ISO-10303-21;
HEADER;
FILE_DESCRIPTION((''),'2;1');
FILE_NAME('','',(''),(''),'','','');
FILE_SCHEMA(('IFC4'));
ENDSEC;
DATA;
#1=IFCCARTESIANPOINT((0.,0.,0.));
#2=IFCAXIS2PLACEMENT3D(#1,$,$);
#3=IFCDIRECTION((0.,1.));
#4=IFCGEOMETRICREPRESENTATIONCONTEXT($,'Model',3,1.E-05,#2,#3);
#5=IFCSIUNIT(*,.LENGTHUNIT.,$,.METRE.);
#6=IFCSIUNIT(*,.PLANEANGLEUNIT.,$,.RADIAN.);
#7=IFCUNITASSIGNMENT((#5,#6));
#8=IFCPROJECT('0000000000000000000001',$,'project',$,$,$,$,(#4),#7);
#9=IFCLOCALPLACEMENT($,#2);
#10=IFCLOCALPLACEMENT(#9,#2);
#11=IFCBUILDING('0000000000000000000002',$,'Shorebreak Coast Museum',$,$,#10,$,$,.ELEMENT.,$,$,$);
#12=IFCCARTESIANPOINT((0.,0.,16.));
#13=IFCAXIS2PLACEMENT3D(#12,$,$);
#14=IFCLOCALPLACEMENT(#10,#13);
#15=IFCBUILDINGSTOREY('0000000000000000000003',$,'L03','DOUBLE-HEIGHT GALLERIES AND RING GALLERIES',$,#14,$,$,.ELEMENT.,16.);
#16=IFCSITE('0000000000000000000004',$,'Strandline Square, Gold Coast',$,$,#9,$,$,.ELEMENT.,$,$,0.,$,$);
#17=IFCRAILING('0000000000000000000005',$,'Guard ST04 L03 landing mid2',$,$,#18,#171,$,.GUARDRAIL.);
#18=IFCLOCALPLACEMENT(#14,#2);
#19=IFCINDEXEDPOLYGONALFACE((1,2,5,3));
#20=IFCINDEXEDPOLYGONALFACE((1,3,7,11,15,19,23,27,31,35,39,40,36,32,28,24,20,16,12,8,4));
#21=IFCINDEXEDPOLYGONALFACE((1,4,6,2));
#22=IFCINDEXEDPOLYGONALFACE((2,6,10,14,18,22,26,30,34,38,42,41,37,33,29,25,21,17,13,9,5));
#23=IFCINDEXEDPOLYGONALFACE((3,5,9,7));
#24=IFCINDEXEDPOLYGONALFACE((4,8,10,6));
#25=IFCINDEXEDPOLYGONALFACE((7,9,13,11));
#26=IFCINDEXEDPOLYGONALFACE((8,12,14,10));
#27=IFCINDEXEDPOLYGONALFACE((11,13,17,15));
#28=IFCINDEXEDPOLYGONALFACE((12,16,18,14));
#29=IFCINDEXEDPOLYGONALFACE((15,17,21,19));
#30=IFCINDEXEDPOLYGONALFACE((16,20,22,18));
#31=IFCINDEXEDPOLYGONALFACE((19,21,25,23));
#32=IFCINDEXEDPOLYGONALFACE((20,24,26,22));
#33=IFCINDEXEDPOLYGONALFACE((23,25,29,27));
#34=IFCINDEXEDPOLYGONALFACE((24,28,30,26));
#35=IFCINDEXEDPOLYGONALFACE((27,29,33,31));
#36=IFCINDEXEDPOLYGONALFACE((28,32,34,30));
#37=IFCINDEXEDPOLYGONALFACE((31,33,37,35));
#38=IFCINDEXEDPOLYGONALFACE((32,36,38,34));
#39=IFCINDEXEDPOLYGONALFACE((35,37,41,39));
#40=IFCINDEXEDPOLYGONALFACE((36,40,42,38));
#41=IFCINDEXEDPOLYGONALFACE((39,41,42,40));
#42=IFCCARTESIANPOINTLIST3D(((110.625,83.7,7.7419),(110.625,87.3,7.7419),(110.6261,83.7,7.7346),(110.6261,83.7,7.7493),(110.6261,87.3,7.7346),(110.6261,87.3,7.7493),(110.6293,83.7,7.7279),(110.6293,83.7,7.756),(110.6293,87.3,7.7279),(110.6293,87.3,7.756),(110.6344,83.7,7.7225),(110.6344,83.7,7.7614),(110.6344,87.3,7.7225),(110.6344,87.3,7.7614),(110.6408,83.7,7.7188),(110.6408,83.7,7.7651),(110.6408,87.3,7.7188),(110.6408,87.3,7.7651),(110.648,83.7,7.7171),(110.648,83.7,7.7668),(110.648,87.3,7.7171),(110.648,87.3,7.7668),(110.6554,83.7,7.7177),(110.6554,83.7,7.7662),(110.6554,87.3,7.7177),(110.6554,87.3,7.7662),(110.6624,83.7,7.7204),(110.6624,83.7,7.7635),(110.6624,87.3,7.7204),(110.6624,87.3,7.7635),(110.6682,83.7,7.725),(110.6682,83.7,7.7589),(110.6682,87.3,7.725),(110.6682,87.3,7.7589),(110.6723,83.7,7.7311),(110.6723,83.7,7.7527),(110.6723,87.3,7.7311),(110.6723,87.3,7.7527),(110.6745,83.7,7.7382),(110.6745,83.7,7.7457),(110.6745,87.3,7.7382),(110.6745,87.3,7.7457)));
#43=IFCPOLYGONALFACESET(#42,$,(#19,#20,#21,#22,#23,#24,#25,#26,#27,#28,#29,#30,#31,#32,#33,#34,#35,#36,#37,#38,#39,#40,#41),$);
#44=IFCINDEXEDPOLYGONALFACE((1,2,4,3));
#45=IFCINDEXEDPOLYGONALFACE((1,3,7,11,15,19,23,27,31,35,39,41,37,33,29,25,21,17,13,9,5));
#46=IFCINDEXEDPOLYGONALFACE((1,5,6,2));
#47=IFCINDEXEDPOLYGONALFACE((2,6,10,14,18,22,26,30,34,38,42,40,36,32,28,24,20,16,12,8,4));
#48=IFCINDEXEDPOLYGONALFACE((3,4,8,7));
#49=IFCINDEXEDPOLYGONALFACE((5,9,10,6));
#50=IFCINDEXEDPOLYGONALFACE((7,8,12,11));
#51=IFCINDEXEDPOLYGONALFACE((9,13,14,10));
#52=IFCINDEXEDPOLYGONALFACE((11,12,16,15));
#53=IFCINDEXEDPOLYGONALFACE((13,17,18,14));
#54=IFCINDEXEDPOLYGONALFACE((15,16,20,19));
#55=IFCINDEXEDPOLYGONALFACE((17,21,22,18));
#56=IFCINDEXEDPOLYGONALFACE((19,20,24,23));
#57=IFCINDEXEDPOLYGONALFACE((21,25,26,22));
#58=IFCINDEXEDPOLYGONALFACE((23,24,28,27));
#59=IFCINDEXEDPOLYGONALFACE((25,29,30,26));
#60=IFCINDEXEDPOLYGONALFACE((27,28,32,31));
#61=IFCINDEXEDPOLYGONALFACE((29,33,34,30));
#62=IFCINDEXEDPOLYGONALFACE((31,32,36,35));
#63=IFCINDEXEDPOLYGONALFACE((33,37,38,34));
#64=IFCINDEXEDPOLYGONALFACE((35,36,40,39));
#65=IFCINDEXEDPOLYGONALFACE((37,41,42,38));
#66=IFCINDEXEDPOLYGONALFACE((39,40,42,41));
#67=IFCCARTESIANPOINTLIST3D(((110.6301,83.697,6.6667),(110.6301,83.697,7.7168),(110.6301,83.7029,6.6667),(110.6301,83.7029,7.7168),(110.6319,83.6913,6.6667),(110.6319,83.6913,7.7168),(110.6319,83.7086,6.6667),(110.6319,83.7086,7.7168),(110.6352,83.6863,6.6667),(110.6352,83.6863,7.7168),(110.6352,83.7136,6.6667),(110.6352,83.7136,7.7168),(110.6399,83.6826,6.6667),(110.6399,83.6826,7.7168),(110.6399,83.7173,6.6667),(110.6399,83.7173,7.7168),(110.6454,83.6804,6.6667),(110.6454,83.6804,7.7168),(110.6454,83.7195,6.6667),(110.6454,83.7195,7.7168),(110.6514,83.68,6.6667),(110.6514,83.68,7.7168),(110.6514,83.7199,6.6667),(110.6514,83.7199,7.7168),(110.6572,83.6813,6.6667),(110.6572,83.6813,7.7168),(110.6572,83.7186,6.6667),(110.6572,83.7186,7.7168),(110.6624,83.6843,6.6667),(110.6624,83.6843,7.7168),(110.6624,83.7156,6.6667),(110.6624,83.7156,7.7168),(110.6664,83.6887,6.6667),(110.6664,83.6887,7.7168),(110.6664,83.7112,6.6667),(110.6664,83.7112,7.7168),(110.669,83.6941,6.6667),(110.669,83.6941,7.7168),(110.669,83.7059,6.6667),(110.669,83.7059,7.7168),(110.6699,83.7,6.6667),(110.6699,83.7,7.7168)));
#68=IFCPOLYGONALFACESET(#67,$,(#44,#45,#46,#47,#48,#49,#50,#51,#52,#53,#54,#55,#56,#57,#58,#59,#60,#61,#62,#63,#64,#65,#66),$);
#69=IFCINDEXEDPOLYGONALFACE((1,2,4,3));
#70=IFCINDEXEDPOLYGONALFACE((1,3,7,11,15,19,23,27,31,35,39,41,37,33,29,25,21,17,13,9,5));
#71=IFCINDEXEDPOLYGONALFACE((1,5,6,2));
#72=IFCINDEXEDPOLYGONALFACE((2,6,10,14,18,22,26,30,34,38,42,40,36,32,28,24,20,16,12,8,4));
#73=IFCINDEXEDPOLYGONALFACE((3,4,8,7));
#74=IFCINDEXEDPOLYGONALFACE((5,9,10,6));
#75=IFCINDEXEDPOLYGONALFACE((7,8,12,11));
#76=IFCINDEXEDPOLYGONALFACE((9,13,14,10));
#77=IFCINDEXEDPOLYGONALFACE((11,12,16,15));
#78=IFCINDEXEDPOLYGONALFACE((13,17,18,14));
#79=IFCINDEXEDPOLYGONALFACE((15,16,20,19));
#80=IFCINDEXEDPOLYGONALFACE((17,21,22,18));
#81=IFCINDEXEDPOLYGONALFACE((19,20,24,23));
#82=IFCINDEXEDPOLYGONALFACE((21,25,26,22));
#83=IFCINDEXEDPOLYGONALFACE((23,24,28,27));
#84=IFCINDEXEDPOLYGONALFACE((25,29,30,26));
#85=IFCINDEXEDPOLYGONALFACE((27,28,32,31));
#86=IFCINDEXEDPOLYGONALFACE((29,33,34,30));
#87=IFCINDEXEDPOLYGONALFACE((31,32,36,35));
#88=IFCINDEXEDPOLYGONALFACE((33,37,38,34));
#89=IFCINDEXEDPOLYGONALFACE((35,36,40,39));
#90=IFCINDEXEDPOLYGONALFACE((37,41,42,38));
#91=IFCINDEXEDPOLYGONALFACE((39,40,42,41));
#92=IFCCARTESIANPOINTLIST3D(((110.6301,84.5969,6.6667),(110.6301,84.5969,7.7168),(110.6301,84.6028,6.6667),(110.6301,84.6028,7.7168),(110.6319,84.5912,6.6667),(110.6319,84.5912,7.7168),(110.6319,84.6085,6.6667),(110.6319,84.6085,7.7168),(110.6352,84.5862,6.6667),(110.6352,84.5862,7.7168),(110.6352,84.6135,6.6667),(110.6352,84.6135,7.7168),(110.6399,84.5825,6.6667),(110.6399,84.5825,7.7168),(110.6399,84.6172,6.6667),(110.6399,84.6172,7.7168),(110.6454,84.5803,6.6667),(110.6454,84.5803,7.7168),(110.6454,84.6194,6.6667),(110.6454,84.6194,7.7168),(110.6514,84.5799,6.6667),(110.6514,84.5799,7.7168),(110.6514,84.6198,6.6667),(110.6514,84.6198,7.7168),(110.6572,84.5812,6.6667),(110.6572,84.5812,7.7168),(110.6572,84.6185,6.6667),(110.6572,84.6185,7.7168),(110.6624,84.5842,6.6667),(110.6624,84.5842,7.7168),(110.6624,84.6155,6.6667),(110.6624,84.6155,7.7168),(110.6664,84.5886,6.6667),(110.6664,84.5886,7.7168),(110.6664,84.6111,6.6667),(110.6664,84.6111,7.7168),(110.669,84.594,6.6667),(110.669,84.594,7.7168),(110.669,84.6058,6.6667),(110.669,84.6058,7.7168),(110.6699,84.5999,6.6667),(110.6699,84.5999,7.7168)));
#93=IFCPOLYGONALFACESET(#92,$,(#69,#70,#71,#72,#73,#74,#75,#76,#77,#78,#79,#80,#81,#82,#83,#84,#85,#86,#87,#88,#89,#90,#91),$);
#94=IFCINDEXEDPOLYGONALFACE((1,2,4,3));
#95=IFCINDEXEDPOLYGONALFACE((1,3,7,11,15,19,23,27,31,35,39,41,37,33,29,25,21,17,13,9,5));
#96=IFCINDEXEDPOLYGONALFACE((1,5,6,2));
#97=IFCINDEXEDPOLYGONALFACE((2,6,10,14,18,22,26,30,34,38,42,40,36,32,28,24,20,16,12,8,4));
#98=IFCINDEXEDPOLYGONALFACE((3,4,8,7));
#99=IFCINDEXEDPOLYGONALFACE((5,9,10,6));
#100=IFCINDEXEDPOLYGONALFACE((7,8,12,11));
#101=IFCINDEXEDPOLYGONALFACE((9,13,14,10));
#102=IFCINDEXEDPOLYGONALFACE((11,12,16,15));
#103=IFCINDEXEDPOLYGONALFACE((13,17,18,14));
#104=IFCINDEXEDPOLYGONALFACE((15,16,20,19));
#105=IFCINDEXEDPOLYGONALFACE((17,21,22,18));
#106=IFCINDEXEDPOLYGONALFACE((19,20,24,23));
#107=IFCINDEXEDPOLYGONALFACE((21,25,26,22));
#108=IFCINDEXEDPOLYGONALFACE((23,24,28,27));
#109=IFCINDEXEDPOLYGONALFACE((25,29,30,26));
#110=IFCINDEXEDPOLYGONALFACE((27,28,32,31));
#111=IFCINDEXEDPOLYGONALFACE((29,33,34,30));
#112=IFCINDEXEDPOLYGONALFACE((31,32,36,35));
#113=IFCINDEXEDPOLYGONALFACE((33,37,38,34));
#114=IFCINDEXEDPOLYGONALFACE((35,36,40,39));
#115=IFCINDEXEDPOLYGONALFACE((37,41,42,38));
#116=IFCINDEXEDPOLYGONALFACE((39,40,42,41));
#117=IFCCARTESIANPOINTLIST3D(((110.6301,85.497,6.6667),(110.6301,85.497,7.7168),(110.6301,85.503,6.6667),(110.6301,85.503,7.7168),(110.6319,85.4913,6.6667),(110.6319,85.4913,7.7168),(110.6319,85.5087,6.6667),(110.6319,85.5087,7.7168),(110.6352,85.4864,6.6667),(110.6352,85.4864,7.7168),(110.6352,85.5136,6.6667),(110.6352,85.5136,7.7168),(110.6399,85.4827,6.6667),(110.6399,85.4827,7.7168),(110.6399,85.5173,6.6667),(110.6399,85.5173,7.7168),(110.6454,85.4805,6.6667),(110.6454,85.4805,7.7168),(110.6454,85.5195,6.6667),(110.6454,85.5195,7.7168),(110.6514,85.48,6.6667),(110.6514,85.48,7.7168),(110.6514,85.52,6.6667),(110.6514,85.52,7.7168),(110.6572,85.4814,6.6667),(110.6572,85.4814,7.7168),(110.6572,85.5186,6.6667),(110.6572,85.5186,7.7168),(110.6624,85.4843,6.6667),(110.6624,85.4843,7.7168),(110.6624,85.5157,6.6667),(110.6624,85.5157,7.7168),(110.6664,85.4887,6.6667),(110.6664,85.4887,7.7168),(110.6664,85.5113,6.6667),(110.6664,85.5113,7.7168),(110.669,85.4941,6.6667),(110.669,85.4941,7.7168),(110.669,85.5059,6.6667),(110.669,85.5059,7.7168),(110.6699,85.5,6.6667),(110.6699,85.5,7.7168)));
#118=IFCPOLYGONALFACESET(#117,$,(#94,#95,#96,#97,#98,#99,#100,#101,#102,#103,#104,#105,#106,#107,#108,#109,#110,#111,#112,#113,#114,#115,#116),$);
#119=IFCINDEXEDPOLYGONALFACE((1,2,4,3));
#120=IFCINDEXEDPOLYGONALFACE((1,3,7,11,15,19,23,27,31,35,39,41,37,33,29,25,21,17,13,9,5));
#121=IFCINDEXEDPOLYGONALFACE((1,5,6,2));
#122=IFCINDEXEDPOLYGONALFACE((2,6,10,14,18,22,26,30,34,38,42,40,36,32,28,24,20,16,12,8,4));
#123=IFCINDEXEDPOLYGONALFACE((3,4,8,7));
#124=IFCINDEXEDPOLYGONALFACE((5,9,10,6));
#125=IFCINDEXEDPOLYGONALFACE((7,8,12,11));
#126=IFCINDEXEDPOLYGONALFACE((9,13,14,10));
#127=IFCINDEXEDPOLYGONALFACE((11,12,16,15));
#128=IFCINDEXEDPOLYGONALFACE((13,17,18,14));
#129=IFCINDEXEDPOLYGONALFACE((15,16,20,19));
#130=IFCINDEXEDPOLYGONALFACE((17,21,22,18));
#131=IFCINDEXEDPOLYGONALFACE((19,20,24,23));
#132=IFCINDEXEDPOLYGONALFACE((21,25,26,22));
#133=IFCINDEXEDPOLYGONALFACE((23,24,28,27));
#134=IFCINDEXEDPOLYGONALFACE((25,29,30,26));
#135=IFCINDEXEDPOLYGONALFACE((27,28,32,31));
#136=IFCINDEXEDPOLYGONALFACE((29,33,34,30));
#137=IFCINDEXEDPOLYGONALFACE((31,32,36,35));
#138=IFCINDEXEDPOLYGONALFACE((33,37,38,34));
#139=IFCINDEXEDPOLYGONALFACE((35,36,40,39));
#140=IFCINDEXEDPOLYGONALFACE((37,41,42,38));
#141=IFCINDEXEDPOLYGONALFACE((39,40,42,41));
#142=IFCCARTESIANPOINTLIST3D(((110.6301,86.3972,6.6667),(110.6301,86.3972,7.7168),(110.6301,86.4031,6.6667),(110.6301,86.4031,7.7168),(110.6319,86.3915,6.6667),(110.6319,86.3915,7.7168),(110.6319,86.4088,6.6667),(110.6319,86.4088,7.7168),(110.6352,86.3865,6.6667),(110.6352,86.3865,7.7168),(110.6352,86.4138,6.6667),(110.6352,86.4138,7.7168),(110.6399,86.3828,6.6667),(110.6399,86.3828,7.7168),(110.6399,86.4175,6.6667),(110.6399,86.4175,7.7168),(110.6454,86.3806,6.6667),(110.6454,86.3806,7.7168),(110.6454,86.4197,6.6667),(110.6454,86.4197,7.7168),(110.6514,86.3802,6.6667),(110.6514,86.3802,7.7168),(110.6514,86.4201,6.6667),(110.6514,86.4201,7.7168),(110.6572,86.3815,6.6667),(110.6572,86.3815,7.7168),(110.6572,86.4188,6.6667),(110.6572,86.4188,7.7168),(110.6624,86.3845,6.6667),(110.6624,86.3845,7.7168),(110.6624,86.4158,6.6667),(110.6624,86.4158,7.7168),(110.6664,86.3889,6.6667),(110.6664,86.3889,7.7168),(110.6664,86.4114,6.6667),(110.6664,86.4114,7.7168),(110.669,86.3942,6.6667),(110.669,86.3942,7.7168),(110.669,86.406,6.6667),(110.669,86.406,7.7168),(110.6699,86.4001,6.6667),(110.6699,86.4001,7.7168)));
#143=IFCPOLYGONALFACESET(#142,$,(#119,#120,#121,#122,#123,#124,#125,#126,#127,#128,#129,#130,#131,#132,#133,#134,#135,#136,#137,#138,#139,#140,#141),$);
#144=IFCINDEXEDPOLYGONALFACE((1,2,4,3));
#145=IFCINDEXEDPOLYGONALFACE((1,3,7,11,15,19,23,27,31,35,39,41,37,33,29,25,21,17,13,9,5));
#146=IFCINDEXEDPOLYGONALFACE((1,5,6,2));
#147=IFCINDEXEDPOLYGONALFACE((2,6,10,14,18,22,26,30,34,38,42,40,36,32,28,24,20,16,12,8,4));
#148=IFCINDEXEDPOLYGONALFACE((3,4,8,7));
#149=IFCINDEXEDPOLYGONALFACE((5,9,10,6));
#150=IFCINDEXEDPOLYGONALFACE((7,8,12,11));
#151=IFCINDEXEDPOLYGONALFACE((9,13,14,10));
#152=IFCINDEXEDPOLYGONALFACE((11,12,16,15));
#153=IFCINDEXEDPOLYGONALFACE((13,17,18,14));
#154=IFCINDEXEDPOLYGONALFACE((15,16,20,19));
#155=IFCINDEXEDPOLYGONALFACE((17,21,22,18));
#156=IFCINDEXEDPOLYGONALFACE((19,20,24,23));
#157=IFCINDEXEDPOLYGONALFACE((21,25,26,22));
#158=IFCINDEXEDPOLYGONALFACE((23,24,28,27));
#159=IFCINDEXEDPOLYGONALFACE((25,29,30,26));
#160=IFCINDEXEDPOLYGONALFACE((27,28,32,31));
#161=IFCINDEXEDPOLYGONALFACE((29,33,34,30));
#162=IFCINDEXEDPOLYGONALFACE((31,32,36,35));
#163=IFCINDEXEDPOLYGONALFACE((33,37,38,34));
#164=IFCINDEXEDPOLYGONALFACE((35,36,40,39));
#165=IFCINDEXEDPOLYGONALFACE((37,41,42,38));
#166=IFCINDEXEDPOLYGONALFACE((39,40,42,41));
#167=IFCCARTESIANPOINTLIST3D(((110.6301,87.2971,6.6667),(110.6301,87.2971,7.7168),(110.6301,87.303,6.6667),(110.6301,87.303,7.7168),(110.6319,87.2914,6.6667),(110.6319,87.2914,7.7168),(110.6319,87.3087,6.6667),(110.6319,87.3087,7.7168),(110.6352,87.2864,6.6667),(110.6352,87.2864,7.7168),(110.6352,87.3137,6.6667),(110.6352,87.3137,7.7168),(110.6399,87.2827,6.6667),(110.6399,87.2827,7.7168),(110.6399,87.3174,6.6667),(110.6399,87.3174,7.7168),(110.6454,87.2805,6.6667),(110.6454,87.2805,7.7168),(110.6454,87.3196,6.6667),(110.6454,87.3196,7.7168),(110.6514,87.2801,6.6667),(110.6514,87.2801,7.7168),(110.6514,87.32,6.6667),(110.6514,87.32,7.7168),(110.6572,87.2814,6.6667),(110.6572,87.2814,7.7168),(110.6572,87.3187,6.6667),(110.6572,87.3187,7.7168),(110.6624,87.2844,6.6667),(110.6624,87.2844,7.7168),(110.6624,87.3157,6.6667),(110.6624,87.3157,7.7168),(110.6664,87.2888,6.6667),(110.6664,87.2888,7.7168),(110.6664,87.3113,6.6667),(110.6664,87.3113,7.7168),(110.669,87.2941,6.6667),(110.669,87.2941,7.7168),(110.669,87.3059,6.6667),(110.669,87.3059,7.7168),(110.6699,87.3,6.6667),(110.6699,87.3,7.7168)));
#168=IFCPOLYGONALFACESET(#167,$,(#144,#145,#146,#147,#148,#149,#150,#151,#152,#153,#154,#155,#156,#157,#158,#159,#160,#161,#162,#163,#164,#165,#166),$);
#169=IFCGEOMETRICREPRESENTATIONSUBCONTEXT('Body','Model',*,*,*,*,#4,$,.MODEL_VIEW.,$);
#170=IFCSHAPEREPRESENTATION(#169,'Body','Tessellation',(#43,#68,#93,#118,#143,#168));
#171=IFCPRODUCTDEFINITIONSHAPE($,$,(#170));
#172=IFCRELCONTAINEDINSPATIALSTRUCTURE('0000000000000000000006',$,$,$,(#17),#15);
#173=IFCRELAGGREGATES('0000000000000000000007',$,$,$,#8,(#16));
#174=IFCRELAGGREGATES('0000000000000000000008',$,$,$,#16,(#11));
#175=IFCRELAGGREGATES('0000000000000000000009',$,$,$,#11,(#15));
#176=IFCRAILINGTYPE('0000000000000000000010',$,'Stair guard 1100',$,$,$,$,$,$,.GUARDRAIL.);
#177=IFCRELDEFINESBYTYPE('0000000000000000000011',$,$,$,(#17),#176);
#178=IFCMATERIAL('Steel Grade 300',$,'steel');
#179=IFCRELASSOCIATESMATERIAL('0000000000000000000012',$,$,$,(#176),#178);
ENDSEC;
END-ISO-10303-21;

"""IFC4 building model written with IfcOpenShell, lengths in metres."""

from ifc_helpers import new_model, si_unit, direction, frame, origin, origin_2d, place, context, subcontext, project, spatial, circle, extrude, material, type_object, element, save


model = new_model("IFC4")

# Units and contexts
model_context = context("Model", 3, precision=1e-05, world=origin(), true_north=direction((0.0, 1.0)))
body_context = subcontext(model_context, "Body", "Model", "MODEL_VIEW")
ifc_project = project(units=[si_unit("LENGTHUNIT", "METRE"), si_unit("PLANEANGLEUNIT", "RADIAN")], contexts=[model_context])

# Site, building, storey
site_placement = place(None, origin())
site = spatial("IfcSite", under=ifc_project, at=site_placement, Name="Strandline Square, Gold Coast", CompositionType="ELEMENT", RefElevation=0.0)
building_placement = place(site_placement, origin())
building = spatial("IfcBuilding", under=site, at=building_placement, Name="Shorebreak Coast Museum", CompositionType="ELEMENT")
storey_placement = place(building_placement, frame((0.0, 0.0, 16.0)))
storey = spatial("IfcBuildingStorey", under=building, at=storey_placement, Name="L03", Description="DOUBLE-HEIGHT GALLERIES AND RING GALLERIES", CompositionType="ELEMENT", Elevation=16.0)

# Railing
ifc_material_1 = material(Name="Steel Grade 300", Category="steel")
railing_type = type_object("IfcRailingType", Name="Stair guard 1100", PredefinedType="GUARDRAIL", material=ifc_material_1)
railing_placement = place(storey_placement, frame((110.6499, 83.7, 6.6667)))
element("IfcRailing", 1, at=railing_placement, inside=storey, type_object=railing_type, Name="Guard ST04 L03 landing mid2", PredefinedType="GUARDRAIL", context=body_context, shape_type="SweptSolid", body=[
    extrude(circle(Radius=0.0249, at=origin_2d()), frame((0.0, 0.0, 1.0752), z_axis=(0.0, 1.0, 0.0), x_axis=(-1.0, 0.0, 0.0)), (0.0, 0.0, 1.0), 3.6001),
    extrude(circle(Radius=0.02, at=origin_2d()), origin(), (0.0, 0.0, 1.0), 1.05),
    extrude(circle(Radius=0.02, at=origin_2d()), frame((0.0, 0.8999, 0.0)), (0.0, 0.0, 1.0), 1.05),
    extrude(circle(Radius=0.02, at=origin_2d()), frame((0.0, 1.8, 0.0)), (0.0, 0.0, 1.0), 1.05),
    extrude(circle(Radius=0.02, at=origin_2d()), frame((0.0, 2.7002, 0.0)), (0.0, 0.0, 1.0), 1.05),
    extrude(circle(Radius=0.02, at=origin_2d()), frame((0.0, 3.6001, 0.0)), (0.0, 0.0, 1.0), 1.05),
])

save(model, "model.ifc")
